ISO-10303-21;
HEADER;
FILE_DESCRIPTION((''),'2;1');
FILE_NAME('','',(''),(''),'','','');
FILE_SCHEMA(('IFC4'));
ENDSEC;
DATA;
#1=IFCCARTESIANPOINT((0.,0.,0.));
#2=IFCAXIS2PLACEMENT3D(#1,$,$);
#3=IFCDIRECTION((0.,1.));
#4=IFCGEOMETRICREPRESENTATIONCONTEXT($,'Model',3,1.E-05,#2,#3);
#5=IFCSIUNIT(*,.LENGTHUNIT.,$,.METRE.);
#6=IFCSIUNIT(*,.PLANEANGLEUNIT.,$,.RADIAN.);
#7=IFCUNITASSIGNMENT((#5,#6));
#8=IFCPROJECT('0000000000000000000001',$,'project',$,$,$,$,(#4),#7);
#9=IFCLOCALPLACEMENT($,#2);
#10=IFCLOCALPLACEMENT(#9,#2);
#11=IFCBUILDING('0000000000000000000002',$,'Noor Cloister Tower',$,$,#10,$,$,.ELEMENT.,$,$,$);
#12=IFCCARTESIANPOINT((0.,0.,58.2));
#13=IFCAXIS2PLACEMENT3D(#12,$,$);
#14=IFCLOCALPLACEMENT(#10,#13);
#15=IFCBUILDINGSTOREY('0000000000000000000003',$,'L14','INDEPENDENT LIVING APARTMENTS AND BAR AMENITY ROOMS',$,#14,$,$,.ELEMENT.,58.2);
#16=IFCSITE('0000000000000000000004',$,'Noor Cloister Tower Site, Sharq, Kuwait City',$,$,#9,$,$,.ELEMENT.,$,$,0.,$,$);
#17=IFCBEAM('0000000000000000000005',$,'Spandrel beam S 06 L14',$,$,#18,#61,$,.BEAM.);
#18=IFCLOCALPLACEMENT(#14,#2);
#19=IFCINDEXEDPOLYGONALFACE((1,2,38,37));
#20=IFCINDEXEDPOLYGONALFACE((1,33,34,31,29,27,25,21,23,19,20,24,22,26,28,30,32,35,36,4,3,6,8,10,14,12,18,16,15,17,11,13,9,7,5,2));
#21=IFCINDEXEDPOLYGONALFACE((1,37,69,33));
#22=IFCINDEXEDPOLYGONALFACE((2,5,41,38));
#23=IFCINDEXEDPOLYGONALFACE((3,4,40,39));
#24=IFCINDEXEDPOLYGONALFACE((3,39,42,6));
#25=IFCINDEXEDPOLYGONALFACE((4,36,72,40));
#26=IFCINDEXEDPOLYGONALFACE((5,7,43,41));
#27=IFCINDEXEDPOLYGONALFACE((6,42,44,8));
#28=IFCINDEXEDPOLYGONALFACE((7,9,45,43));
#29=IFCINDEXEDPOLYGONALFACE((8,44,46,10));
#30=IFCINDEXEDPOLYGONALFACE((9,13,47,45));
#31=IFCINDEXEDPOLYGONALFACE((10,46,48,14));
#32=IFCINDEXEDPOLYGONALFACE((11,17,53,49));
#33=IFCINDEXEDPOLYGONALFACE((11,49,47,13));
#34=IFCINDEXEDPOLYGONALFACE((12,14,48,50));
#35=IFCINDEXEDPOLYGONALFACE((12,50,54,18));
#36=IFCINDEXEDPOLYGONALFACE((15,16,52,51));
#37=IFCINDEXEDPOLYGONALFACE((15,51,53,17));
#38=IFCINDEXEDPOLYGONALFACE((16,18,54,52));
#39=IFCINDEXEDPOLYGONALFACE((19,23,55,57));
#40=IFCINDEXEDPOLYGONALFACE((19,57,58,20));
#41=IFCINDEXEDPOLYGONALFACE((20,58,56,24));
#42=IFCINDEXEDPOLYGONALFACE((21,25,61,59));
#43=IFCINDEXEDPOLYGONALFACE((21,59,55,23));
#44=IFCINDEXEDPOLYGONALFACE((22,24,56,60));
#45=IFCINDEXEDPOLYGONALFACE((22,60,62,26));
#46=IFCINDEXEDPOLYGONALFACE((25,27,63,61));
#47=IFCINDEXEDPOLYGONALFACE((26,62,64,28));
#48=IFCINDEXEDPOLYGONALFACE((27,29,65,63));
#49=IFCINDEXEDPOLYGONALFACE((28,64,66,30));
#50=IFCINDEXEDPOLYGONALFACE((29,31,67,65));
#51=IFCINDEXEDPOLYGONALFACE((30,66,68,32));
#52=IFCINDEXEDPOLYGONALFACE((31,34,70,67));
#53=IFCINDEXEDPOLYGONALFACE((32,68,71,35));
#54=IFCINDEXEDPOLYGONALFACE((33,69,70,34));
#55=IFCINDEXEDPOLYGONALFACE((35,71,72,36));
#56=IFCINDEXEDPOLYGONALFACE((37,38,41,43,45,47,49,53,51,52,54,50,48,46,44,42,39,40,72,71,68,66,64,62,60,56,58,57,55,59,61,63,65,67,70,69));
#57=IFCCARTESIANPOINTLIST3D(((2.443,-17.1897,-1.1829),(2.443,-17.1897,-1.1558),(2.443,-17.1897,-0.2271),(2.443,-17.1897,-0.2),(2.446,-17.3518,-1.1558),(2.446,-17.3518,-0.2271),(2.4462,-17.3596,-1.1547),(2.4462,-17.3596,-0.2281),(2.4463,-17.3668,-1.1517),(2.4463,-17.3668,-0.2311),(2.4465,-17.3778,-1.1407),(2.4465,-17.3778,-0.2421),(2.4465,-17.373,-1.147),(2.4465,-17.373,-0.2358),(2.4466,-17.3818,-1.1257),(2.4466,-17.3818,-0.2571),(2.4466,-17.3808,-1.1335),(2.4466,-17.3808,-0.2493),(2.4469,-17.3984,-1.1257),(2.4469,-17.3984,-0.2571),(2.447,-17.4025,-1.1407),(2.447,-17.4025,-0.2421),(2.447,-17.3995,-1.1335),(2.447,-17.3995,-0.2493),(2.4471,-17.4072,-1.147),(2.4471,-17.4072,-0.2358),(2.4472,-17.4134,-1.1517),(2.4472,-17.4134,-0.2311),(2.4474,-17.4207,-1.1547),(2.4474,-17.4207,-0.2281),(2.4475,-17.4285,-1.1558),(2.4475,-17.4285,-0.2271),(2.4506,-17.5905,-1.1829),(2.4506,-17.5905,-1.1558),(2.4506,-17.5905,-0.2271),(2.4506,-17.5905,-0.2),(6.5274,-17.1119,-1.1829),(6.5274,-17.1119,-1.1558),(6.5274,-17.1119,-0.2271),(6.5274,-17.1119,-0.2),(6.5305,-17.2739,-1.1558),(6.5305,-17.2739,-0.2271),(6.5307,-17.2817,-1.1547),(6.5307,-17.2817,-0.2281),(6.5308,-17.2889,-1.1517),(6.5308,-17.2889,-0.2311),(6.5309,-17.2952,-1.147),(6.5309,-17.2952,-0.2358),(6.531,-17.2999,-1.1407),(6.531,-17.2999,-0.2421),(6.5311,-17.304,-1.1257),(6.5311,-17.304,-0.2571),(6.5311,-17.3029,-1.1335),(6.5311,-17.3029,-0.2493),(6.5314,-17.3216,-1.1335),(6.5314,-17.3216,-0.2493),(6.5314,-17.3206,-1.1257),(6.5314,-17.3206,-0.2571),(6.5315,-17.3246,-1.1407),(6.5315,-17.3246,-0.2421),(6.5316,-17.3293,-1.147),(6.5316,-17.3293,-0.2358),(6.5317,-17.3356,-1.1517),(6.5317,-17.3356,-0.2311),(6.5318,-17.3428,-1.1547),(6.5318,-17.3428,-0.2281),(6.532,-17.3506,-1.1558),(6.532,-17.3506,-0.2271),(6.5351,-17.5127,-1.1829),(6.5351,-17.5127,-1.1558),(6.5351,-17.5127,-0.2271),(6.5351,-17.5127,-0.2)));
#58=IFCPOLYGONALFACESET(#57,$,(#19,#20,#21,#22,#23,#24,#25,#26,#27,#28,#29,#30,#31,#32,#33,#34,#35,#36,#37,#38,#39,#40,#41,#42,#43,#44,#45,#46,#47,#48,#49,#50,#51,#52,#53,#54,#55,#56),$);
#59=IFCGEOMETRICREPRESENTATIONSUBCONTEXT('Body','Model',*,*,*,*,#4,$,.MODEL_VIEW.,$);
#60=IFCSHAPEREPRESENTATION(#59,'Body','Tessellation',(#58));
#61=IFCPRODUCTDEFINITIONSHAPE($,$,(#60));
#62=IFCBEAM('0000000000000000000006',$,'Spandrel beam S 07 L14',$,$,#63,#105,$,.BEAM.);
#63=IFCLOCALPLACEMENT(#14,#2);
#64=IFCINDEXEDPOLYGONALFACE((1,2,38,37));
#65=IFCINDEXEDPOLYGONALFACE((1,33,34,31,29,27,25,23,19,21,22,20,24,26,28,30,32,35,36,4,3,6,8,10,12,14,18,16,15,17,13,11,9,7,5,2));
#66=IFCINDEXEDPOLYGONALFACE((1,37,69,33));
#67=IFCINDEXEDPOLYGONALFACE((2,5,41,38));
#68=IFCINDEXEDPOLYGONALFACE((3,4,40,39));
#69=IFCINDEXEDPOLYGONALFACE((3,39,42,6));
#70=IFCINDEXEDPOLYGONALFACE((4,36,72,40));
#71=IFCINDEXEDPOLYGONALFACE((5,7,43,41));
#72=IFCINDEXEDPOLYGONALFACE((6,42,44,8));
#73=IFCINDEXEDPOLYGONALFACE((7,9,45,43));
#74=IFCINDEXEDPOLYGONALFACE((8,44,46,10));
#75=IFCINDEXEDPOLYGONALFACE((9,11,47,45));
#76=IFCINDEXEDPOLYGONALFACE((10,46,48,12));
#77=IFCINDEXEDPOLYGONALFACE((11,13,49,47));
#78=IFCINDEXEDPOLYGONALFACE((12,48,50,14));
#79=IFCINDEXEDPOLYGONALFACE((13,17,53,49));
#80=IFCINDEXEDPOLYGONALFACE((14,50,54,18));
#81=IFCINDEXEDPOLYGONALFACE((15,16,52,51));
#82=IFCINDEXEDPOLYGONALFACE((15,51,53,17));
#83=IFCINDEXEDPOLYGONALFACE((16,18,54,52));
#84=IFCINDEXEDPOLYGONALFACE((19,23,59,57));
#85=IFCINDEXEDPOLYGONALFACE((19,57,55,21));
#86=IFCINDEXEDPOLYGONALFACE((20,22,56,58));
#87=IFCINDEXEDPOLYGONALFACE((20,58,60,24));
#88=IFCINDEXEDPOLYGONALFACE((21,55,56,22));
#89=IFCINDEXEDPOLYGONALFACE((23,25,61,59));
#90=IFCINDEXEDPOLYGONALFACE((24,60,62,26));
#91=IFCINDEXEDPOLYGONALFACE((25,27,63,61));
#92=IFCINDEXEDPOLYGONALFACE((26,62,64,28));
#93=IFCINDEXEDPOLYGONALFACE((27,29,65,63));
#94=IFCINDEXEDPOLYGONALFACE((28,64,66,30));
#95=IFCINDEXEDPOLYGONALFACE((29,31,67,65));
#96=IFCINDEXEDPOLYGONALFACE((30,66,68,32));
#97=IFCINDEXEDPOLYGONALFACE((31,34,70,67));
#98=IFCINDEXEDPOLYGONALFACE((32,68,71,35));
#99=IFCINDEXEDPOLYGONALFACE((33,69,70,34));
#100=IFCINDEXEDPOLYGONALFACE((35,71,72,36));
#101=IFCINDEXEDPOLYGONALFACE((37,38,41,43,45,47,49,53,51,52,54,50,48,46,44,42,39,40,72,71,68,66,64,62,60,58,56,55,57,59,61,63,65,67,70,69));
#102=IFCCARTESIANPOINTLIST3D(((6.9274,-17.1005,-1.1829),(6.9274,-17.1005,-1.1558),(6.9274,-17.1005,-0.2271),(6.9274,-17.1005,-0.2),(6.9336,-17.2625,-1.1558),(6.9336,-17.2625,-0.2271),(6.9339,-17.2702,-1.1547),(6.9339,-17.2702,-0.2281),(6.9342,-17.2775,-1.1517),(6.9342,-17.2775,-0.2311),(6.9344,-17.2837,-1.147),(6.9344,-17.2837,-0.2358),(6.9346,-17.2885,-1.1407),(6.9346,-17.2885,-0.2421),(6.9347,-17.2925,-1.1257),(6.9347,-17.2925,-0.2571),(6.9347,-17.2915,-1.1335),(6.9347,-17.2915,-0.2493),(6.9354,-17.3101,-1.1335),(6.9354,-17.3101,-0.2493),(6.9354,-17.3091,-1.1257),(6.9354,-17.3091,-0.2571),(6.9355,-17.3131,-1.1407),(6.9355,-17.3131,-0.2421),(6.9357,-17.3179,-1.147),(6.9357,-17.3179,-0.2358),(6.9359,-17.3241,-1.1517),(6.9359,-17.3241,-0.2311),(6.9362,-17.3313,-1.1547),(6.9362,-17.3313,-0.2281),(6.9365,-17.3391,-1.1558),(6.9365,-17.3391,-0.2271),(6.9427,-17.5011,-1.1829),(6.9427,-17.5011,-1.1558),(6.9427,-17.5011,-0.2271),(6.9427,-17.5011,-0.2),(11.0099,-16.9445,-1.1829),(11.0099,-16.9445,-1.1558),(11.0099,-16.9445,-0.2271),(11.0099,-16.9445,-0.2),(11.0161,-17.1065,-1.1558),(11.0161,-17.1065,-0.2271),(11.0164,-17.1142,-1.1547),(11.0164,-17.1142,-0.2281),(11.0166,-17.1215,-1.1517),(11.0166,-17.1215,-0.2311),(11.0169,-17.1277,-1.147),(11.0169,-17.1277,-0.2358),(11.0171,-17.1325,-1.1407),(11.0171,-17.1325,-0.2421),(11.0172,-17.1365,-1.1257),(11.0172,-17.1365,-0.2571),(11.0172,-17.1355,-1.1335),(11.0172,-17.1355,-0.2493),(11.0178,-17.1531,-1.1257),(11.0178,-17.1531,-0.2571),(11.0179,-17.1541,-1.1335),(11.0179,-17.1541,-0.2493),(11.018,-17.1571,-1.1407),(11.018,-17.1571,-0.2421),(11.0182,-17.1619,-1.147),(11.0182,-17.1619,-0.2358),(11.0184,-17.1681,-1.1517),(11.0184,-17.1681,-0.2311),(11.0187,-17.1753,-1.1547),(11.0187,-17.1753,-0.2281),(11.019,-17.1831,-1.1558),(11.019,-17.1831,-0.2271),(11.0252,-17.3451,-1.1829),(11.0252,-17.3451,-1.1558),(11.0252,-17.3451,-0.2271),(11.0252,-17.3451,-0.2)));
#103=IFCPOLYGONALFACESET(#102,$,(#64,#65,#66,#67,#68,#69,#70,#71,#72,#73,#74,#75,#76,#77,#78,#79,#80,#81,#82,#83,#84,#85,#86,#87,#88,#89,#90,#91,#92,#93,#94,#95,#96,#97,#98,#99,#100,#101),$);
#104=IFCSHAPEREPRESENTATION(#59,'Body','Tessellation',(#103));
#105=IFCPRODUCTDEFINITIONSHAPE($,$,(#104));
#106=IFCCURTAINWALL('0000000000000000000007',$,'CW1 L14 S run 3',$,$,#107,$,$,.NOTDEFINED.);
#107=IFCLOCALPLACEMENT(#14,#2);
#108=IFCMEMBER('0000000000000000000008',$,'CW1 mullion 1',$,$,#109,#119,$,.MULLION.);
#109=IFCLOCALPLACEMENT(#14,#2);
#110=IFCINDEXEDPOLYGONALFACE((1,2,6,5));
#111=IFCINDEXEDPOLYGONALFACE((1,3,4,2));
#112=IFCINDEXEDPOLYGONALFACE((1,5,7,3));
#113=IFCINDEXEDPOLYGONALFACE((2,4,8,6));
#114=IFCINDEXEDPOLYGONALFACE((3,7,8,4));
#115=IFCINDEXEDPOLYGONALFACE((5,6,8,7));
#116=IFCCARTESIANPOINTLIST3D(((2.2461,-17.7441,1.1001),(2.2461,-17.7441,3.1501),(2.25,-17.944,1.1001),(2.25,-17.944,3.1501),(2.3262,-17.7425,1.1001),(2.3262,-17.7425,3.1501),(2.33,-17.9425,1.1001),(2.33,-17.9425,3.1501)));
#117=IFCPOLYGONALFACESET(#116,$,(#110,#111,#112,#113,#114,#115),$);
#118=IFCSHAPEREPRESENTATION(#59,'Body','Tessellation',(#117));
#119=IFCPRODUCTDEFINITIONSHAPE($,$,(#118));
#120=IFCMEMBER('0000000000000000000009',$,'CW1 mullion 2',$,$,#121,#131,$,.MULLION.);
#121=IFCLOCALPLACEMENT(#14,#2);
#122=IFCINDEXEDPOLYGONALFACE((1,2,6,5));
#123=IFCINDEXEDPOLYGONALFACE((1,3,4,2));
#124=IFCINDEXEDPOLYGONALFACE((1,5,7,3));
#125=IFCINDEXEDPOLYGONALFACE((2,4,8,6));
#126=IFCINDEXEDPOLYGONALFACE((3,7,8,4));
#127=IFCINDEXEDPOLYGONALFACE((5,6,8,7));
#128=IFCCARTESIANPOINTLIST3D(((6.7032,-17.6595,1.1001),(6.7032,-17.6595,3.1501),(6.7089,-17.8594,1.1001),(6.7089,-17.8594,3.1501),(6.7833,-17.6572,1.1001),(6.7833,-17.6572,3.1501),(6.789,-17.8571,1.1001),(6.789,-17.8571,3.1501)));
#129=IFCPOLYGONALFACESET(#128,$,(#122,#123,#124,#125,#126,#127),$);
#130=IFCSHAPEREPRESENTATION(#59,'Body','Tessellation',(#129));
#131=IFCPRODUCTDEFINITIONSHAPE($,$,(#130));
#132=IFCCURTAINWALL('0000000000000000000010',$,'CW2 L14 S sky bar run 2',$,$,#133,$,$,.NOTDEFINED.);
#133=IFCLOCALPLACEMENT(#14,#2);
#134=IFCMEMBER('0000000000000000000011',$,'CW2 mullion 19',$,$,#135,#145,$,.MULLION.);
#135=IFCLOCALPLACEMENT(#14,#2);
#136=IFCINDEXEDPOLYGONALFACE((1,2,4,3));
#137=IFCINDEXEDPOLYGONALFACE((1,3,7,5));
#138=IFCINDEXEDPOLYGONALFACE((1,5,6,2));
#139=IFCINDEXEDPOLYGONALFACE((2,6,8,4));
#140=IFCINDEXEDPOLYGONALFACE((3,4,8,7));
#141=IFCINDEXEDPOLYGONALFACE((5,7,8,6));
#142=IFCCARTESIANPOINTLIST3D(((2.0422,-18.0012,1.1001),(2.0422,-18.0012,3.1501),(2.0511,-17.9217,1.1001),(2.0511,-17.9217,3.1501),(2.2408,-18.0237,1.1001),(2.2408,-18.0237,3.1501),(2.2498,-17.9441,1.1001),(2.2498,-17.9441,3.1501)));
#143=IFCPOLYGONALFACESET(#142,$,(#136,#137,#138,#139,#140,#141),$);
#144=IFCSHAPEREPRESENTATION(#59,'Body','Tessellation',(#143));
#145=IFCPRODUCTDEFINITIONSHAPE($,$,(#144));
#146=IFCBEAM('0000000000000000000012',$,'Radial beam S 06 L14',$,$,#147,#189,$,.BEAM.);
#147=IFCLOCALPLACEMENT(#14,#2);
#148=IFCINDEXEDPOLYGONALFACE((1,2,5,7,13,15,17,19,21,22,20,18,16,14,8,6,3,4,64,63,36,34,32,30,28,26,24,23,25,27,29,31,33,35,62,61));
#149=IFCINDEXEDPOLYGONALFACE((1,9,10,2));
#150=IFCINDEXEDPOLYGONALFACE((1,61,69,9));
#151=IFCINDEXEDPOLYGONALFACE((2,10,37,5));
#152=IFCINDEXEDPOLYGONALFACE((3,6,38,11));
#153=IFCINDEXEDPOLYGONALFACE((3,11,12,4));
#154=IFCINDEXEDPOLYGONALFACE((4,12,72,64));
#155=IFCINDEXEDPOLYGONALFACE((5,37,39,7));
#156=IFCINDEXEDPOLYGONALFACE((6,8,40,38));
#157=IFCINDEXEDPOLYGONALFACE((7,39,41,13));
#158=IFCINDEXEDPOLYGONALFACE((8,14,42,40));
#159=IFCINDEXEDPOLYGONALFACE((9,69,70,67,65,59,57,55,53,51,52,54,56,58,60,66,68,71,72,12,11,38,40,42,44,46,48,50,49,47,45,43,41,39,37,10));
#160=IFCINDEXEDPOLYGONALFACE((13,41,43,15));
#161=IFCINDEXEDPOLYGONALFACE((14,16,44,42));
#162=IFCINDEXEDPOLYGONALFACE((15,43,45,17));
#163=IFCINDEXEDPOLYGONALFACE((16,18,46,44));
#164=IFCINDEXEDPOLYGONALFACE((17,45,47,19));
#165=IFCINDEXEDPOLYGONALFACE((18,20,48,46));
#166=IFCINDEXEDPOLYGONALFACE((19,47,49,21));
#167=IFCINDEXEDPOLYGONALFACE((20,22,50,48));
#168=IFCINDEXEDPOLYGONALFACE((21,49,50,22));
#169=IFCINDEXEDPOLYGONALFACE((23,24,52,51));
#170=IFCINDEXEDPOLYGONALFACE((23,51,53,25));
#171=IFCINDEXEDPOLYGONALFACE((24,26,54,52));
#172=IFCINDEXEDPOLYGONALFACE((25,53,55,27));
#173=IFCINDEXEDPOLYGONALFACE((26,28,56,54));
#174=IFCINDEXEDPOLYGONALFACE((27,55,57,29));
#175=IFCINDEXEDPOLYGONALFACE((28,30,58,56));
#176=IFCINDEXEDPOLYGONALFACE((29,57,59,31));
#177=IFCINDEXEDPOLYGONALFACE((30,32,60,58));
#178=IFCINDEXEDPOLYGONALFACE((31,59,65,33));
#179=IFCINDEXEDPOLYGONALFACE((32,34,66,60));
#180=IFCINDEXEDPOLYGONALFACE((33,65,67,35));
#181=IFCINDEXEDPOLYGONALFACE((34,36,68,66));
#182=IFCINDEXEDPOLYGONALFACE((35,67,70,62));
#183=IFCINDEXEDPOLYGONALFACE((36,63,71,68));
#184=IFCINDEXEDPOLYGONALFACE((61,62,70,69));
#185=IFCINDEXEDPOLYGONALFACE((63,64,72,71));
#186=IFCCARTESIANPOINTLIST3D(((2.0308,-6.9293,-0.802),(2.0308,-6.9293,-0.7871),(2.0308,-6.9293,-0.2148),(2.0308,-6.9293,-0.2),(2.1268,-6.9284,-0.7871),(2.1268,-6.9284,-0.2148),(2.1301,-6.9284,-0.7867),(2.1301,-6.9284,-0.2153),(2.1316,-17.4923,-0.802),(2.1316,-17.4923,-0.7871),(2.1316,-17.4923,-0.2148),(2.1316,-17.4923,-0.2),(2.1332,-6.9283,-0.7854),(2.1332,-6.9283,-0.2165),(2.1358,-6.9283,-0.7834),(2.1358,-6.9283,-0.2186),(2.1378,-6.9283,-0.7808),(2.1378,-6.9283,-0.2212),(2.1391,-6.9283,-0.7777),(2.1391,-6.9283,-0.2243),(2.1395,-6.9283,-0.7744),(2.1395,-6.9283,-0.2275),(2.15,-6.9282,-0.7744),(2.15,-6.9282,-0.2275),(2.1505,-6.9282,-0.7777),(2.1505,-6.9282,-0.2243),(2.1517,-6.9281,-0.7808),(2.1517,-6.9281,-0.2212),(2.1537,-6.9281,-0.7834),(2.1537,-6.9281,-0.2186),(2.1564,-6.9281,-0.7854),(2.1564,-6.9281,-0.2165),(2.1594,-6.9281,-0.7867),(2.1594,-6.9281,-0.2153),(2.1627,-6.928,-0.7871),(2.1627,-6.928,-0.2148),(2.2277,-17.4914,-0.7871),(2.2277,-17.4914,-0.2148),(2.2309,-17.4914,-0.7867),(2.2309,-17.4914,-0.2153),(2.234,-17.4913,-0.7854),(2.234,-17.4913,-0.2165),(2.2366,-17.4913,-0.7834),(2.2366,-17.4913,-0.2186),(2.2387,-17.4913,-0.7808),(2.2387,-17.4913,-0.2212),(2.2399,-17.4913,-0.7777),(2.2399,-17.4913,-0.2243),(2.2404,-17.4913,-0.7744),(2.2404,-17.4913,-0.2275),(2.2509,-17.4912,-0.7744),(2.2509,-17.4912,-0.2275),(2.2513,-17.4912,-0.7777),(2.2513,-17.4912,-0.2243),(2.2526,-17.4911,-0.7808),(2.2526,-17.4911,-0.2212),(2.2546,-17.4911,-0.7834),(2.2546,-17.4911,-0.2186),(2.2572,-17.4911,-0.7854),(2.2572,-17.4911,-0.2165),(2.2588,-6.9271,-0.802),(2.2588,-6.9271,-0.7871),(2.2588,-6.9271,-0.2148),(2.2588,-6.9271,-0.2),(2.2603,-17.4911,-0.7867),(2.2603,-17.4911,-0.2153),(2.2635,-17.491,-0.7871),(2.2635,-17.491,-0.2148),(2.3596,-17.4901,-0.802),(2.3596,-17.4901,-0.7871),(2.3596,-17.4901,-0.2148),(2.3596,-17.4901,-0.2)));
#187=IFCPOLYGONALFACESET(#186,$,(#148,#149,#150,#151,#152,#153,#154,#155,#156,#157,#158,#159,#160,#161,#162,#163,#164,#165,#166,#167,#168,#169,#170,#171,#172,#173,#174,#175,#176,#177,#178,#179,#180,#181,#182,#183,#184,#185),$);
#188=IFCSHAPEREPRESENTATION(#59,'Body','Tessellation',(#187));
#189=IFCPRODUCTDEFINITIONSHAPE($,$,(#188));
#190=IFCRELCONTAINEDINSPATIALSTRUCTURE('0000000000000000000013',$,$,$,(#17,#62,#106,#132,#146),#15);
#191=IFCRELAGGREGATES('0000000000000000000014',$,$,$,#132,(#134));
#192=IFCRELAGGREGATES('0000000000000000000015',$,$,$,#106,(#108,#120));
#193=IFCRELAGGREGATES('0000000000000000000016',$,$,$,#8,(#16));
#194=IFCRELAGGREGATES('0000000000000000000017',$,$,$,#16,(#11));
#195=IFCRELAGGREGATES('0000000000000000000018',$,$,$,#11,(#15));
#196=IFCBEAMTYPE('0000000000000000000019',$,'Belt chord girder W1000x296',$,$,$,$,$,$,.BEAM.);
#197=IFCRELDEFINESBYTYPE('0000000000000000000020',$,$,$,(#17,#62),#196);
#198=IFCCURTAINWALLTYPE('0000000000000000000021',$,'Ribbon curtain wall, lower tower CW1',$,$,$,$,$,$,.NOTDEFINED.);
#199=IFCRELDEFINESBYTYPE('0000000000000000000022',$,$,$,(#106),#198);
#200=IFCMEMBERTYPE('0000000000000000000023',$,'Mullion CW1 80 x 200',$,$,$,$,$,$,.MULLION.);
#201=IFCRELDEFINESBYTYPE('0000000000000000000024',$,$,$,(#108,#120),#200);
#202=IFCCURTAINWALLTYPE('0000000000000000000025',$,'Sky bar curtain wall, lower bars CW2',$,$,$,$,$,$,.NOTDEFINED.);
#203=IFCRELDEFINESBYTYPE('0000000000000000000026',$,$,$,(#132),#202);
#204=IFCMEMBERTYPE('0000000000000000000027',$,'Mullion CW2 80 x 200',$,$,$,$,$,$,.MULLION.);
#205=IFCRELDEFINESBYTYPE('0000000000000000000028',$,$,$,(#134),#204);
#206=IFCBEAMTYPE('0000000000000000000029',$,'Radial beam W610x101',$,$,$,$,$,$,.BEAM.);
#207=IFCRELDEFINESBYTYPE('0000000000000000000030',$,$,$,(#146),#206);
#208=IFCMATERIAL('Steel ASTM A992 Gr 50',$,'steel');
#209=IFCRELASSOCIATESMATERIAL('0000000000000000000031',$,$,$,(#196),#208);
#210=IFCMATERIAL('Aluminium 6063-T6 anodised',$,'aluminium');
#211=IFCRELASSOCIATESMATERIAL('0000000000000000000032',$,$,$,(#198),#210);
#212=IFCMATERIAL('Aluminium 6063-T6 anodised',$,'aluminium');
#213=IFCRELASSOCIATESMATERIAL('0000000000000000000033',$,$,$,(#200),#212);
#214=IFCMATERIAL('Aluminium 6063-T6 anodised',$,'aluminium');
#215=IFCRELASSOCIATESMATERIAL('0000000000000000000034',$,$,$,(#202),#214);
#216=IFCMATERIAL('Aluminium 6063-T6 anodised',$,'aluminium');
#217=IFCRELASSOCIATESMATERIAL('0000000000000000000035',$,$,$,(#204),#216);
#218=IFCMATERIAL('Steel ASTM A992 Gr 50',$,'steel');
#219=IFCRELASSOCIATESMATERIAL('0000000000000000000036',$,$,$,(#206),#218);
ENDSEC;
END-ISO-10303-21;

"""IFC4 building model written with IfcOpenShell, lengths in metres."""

from ifc_helpers import new_model, si_unit, direction, frame, origin, origin_2d, place, context, subcontext, project, spatial, rectangle, i_section, extrude, material, material_profile, profile_set, type_object, element, aggregate, save


model = new_model("IFC4")

# Units and contexts
model_context = context("Model", 3, precision=1e-05, world=origin(), true_north=direction((0.0, 1.0)))
body_context = subcontext(model_context, "Body", "Model", "MODEL_VIEW")
ifc_project = project(units=[si_unit("LENGTHUNIT", "METRE"), si_unit("PLANEANGLEUNIT", "RADIAN")], contexts=[model_context])

# Site, building, storey
site_placement = place(None, origin())
site = spatial("IfcSite", under=ifc_project, at=site_placement, Name="Noor Cloister Tower Site, Sharq, Kuwait City", CompositionType="ELEMENT", RefElevation=0.0)
building_placement = place(site_placement, origin())
building = spatial("IfcBuilding", under=site, at=building_placement, Name="Noor Cloister Tower", CompositionType="ELEMENT")
storey_placement = place(building_placement, frame((0.0, 0.0, 58.2)))
storey = spatial("IfcBuildingStorey", under=building, at=storey_placement, Name="L14", Description="INDEPENDENT LIVING APARTMENTS AND BAR AMENITY ROOMS", CompositionType="ELEMENT", Elevation=58.2)

# Beams
ifc_material_1 = material(Name="Steel ASTM A992 Gr 50", Category="steel")
ifc_material_profile_1 = material_profile(ifc_material_1, i_section(OverallWidth=0.4009, OverallDepth=0.9829, WebThickness=0.0166, FlangeThickness=0.0271, FilletRadius=0.03, at=origin_2d()), Name="W1000x296")
ifc_profile_set_1 = profile_set([ifc_material_profile_1], Name="Steel ASTM A992 Gr 50")
beam_type_1 = type_object("IfcBeamType", Name="Belt chord girder W1000x296", PredefinedType="BEAM", material=ifc_profile_set_1)
beam_1_placement = place(storey_placement, frame((2.4468, -17.3901, -0.6914), z_axis=(0.999818, 0.019064, 0.0), x_axis=(-0.019064, 0.999818, 0.0)))
element("IfcBeam", 1, at=beam_1_placement, inside=storey, type_object=beam_type_1, Name="Spandrel beam S 06 L14", PredefinedType="BEAM", context=body_context, shape_type="SweptSolid", body=[
    extrude(i_section(OverallWidth=0.4009, OverallDepth=0.9829, WebThickness=0.0166, FlangeThickness=0.0271, FilletRadius=0.03, at=origin_2d()), origin(), (0.0, 0.0, 1.0), 4.0852),
])
beam_2_placement = place(storey_placement, frame((6.9351, -17.3008, -0.6914), z_axis=(0.999271, 0.038185, 0.0), x_axis=(-0.038185, 0.999271, 0.0)))
element("IfcBeam", 2, at=beam_2_placement, inside=storey, type_object=beam_type_1, Name="Spandrel beam S 07 L14", PredefinedType="BEAM", context=body_context, shape_type="SweptSolid", body=[
    extrude(i_section(OverallWidth=0.4009, OverallDepth=0.9829, WebThickness=0.0166, FlangeThickness=0.0271, FilletRadius=0.03, at=origin_2d()), origin(), (0.0, 0.0, 1.0), 4.0854),
])

# Curtain wall, members
ifc_material_2 = material(Name="Aluminium 6063-T6 anodised", Category="aluminium")
curtain_wall_type_1 = type_object("IfcCurtainWallType", Name="Ribbon curtain wall, lower tower CW1", PredefinedType="NOTDEFINED", material=ifc_material_2)
curtain_wall_1_placement = place(storey_placement, origin())
curtain_wall_1 = element("IfcCurtainWall", 3, at=curtain_wall_1_placement, inside=storey, type_object=curtain_wall_type_1, Name="CW1 L14 S run 3", PredefinedType="NOTDEFINED")
ifc_material_3 = material(Name="Aluminium 6063-T6 anodised", Category="aluminium")
ifc_material_profile_2 = material_profile(ifc_material_3, rectangle(XDim=0.2, YDim=0.0801, at=origin_2d()), Name="200 x 80 mullion")
ifc_profile_set_2 = profile_set([ifc_material_profile_2], Name="Aluminium 6063-T6 anodised")
member_type_1 = type_object("IfcMemberType", Name="Mullion CW1 80 x 200", PredefinedType="MULLION", material=ifc_profile_set_2)
member_1_placement = place(storey_placement, frame((2.2881, -17.8433, 1.1001), z_axis=(0.0, 0.0, 1.0), x_axis=(-0.019095, 0.999818, 0.0)))
member_1 = element("IfcMember", 4, at=member_1_placement, type_object=member_type_1, Name="CW1 mullion 1", PredefinedType="MULLION", context=body_context, shape_type="SweptSolid", body=[
    extrude(rectangle(XDim=0.2, YDim=0.0801, at=origin_2d()), origin(), (0.0, 0.0, 1.0), 2.05),
])
member_2_placement = place(storey_placement, frame((6.7461, -17.7583, 1.1001), z_axis=(0.0, 0.0, 1.0), x_axis=(-0.028641, 0.99959, 0.0)))
member_2 = element("IfcMember", 5, at=member_2_placement, type_object=member_type_1, Name="CW1 mullion 2", PredefinedType="MULLION", context=body_context, shape_type="SweptSolid", body=[
    extrude(rectangle(XDim=0.2, YDim=0.0801, at=origin_2d()), origin(), (0.0, 0.0, 1.0), 2.05),
])

# Curtain wall, member
ifc_material_4 = material(Name="Aluminium 6063-T6 anodised", Category="aluminium")
curtain_wall_type_2 = type_object("IfcCurtainWallType", Name="Sky bar curtain wall, lower bars CW2", PredefinedType="NOTDEFINED", material=ifc_material_4)
curtain_wall_2_placement = place(storey_placement, origin())
curtain_wall_2 = element("IfcCurtainWall", 6, at=curtain_wall_2_placement, inside=storey, type_object=curtain_wall_type_2, Name="CW2 L14 S sky bar run 2", PredefinedType="NOTDEFINED")
ifc_material_5 = material(Name="Aluminium 6063-T6 anodised", Category="aluminium")
ifc_material_profile_3 = material_profile(ifc_material_5, rectangle(XDim=0.2, YDim=0.0801, at=origin_2d()), Name="200 x 80 mullion")
ifc_profile_set_3 = profile_set([ifc_material_profile_3], Name="Aluminium 6063-T6 anodised")
member_type_2 = type_object("IfcMemberType", Name="Mullion CW2 80 x 200", PredefinedType="MULLION", material=ifc_profile_set_3)
member_3_placement = place(storey_placement, frame((2.146, -17.9727, 1.1001), z_axis=(0.0, 0.0, 1.0), x_axis=(-0.993686, 0.112197, 0.0)))
member_3 = element("IfcMember", 7, at=member_3_placement, type_object=member_type_2, Name="CW2 mullion 19", PredefinedType="MULLION", context=body_context, shape_type="SweptSolid", body=[
    extrude(rectangle(XDim=0.2, YDim=0.0801, at=origin_2d()), origin(), (0.0, 0.0, 1.0), 2.05),
])
aggregate(curtain_wall_2, [member_3])

# Beam
ifc_material_6 = material(Name="Steel ASTM A992 Gr 50", Category="steel")
ifc_material_profile_4 = material_profile(ifc_material_6, i_section(OverallWidth=0.228, OverallDepth=0.6021, WebThickness=0.0105, FlangeThickness=0.0149, FilletRadius=0.0127, at=origin_2d()), Name="W610x101")
ifc_profile_set_4 = profile_set([ifc_material_profile_4], Name="Steel ASTM A992 Gr 50")
beam_type_2 = type_object("IfcBeamType", Name="Radial beam W610x101", PredefinedType="BEAM", material=ifc_profile_set_4)
beam_3_placement = place(storey_placement, frame((2.2456, -17.4912, -0.501), z_axis=(-0.009545, 0.999954, 0.0), x_axis=(-0.999954, -0.009545, 0.0)))
element("IfcBeam", 8, at=beam_3_placement, inside=storey, type_object=beam_type_2, Name="Radial beam S 06 L14", PredefinedType="BEAM", context=body_context, shape_type="SweptSolid", body=[
    extrude(i_section(OverallWidth=0.228, OverallDepth=0.6021, WebThickness=0.0105, FlangeThickness=0.0149, FilletRadius=0.0127, at=origin_2d()), origin(), (0.0, 0.0, 1.0), 10.5635),
])

aggregate(curtain_wall_1, [member_1, member_2])

save(model, "model.ifc")
